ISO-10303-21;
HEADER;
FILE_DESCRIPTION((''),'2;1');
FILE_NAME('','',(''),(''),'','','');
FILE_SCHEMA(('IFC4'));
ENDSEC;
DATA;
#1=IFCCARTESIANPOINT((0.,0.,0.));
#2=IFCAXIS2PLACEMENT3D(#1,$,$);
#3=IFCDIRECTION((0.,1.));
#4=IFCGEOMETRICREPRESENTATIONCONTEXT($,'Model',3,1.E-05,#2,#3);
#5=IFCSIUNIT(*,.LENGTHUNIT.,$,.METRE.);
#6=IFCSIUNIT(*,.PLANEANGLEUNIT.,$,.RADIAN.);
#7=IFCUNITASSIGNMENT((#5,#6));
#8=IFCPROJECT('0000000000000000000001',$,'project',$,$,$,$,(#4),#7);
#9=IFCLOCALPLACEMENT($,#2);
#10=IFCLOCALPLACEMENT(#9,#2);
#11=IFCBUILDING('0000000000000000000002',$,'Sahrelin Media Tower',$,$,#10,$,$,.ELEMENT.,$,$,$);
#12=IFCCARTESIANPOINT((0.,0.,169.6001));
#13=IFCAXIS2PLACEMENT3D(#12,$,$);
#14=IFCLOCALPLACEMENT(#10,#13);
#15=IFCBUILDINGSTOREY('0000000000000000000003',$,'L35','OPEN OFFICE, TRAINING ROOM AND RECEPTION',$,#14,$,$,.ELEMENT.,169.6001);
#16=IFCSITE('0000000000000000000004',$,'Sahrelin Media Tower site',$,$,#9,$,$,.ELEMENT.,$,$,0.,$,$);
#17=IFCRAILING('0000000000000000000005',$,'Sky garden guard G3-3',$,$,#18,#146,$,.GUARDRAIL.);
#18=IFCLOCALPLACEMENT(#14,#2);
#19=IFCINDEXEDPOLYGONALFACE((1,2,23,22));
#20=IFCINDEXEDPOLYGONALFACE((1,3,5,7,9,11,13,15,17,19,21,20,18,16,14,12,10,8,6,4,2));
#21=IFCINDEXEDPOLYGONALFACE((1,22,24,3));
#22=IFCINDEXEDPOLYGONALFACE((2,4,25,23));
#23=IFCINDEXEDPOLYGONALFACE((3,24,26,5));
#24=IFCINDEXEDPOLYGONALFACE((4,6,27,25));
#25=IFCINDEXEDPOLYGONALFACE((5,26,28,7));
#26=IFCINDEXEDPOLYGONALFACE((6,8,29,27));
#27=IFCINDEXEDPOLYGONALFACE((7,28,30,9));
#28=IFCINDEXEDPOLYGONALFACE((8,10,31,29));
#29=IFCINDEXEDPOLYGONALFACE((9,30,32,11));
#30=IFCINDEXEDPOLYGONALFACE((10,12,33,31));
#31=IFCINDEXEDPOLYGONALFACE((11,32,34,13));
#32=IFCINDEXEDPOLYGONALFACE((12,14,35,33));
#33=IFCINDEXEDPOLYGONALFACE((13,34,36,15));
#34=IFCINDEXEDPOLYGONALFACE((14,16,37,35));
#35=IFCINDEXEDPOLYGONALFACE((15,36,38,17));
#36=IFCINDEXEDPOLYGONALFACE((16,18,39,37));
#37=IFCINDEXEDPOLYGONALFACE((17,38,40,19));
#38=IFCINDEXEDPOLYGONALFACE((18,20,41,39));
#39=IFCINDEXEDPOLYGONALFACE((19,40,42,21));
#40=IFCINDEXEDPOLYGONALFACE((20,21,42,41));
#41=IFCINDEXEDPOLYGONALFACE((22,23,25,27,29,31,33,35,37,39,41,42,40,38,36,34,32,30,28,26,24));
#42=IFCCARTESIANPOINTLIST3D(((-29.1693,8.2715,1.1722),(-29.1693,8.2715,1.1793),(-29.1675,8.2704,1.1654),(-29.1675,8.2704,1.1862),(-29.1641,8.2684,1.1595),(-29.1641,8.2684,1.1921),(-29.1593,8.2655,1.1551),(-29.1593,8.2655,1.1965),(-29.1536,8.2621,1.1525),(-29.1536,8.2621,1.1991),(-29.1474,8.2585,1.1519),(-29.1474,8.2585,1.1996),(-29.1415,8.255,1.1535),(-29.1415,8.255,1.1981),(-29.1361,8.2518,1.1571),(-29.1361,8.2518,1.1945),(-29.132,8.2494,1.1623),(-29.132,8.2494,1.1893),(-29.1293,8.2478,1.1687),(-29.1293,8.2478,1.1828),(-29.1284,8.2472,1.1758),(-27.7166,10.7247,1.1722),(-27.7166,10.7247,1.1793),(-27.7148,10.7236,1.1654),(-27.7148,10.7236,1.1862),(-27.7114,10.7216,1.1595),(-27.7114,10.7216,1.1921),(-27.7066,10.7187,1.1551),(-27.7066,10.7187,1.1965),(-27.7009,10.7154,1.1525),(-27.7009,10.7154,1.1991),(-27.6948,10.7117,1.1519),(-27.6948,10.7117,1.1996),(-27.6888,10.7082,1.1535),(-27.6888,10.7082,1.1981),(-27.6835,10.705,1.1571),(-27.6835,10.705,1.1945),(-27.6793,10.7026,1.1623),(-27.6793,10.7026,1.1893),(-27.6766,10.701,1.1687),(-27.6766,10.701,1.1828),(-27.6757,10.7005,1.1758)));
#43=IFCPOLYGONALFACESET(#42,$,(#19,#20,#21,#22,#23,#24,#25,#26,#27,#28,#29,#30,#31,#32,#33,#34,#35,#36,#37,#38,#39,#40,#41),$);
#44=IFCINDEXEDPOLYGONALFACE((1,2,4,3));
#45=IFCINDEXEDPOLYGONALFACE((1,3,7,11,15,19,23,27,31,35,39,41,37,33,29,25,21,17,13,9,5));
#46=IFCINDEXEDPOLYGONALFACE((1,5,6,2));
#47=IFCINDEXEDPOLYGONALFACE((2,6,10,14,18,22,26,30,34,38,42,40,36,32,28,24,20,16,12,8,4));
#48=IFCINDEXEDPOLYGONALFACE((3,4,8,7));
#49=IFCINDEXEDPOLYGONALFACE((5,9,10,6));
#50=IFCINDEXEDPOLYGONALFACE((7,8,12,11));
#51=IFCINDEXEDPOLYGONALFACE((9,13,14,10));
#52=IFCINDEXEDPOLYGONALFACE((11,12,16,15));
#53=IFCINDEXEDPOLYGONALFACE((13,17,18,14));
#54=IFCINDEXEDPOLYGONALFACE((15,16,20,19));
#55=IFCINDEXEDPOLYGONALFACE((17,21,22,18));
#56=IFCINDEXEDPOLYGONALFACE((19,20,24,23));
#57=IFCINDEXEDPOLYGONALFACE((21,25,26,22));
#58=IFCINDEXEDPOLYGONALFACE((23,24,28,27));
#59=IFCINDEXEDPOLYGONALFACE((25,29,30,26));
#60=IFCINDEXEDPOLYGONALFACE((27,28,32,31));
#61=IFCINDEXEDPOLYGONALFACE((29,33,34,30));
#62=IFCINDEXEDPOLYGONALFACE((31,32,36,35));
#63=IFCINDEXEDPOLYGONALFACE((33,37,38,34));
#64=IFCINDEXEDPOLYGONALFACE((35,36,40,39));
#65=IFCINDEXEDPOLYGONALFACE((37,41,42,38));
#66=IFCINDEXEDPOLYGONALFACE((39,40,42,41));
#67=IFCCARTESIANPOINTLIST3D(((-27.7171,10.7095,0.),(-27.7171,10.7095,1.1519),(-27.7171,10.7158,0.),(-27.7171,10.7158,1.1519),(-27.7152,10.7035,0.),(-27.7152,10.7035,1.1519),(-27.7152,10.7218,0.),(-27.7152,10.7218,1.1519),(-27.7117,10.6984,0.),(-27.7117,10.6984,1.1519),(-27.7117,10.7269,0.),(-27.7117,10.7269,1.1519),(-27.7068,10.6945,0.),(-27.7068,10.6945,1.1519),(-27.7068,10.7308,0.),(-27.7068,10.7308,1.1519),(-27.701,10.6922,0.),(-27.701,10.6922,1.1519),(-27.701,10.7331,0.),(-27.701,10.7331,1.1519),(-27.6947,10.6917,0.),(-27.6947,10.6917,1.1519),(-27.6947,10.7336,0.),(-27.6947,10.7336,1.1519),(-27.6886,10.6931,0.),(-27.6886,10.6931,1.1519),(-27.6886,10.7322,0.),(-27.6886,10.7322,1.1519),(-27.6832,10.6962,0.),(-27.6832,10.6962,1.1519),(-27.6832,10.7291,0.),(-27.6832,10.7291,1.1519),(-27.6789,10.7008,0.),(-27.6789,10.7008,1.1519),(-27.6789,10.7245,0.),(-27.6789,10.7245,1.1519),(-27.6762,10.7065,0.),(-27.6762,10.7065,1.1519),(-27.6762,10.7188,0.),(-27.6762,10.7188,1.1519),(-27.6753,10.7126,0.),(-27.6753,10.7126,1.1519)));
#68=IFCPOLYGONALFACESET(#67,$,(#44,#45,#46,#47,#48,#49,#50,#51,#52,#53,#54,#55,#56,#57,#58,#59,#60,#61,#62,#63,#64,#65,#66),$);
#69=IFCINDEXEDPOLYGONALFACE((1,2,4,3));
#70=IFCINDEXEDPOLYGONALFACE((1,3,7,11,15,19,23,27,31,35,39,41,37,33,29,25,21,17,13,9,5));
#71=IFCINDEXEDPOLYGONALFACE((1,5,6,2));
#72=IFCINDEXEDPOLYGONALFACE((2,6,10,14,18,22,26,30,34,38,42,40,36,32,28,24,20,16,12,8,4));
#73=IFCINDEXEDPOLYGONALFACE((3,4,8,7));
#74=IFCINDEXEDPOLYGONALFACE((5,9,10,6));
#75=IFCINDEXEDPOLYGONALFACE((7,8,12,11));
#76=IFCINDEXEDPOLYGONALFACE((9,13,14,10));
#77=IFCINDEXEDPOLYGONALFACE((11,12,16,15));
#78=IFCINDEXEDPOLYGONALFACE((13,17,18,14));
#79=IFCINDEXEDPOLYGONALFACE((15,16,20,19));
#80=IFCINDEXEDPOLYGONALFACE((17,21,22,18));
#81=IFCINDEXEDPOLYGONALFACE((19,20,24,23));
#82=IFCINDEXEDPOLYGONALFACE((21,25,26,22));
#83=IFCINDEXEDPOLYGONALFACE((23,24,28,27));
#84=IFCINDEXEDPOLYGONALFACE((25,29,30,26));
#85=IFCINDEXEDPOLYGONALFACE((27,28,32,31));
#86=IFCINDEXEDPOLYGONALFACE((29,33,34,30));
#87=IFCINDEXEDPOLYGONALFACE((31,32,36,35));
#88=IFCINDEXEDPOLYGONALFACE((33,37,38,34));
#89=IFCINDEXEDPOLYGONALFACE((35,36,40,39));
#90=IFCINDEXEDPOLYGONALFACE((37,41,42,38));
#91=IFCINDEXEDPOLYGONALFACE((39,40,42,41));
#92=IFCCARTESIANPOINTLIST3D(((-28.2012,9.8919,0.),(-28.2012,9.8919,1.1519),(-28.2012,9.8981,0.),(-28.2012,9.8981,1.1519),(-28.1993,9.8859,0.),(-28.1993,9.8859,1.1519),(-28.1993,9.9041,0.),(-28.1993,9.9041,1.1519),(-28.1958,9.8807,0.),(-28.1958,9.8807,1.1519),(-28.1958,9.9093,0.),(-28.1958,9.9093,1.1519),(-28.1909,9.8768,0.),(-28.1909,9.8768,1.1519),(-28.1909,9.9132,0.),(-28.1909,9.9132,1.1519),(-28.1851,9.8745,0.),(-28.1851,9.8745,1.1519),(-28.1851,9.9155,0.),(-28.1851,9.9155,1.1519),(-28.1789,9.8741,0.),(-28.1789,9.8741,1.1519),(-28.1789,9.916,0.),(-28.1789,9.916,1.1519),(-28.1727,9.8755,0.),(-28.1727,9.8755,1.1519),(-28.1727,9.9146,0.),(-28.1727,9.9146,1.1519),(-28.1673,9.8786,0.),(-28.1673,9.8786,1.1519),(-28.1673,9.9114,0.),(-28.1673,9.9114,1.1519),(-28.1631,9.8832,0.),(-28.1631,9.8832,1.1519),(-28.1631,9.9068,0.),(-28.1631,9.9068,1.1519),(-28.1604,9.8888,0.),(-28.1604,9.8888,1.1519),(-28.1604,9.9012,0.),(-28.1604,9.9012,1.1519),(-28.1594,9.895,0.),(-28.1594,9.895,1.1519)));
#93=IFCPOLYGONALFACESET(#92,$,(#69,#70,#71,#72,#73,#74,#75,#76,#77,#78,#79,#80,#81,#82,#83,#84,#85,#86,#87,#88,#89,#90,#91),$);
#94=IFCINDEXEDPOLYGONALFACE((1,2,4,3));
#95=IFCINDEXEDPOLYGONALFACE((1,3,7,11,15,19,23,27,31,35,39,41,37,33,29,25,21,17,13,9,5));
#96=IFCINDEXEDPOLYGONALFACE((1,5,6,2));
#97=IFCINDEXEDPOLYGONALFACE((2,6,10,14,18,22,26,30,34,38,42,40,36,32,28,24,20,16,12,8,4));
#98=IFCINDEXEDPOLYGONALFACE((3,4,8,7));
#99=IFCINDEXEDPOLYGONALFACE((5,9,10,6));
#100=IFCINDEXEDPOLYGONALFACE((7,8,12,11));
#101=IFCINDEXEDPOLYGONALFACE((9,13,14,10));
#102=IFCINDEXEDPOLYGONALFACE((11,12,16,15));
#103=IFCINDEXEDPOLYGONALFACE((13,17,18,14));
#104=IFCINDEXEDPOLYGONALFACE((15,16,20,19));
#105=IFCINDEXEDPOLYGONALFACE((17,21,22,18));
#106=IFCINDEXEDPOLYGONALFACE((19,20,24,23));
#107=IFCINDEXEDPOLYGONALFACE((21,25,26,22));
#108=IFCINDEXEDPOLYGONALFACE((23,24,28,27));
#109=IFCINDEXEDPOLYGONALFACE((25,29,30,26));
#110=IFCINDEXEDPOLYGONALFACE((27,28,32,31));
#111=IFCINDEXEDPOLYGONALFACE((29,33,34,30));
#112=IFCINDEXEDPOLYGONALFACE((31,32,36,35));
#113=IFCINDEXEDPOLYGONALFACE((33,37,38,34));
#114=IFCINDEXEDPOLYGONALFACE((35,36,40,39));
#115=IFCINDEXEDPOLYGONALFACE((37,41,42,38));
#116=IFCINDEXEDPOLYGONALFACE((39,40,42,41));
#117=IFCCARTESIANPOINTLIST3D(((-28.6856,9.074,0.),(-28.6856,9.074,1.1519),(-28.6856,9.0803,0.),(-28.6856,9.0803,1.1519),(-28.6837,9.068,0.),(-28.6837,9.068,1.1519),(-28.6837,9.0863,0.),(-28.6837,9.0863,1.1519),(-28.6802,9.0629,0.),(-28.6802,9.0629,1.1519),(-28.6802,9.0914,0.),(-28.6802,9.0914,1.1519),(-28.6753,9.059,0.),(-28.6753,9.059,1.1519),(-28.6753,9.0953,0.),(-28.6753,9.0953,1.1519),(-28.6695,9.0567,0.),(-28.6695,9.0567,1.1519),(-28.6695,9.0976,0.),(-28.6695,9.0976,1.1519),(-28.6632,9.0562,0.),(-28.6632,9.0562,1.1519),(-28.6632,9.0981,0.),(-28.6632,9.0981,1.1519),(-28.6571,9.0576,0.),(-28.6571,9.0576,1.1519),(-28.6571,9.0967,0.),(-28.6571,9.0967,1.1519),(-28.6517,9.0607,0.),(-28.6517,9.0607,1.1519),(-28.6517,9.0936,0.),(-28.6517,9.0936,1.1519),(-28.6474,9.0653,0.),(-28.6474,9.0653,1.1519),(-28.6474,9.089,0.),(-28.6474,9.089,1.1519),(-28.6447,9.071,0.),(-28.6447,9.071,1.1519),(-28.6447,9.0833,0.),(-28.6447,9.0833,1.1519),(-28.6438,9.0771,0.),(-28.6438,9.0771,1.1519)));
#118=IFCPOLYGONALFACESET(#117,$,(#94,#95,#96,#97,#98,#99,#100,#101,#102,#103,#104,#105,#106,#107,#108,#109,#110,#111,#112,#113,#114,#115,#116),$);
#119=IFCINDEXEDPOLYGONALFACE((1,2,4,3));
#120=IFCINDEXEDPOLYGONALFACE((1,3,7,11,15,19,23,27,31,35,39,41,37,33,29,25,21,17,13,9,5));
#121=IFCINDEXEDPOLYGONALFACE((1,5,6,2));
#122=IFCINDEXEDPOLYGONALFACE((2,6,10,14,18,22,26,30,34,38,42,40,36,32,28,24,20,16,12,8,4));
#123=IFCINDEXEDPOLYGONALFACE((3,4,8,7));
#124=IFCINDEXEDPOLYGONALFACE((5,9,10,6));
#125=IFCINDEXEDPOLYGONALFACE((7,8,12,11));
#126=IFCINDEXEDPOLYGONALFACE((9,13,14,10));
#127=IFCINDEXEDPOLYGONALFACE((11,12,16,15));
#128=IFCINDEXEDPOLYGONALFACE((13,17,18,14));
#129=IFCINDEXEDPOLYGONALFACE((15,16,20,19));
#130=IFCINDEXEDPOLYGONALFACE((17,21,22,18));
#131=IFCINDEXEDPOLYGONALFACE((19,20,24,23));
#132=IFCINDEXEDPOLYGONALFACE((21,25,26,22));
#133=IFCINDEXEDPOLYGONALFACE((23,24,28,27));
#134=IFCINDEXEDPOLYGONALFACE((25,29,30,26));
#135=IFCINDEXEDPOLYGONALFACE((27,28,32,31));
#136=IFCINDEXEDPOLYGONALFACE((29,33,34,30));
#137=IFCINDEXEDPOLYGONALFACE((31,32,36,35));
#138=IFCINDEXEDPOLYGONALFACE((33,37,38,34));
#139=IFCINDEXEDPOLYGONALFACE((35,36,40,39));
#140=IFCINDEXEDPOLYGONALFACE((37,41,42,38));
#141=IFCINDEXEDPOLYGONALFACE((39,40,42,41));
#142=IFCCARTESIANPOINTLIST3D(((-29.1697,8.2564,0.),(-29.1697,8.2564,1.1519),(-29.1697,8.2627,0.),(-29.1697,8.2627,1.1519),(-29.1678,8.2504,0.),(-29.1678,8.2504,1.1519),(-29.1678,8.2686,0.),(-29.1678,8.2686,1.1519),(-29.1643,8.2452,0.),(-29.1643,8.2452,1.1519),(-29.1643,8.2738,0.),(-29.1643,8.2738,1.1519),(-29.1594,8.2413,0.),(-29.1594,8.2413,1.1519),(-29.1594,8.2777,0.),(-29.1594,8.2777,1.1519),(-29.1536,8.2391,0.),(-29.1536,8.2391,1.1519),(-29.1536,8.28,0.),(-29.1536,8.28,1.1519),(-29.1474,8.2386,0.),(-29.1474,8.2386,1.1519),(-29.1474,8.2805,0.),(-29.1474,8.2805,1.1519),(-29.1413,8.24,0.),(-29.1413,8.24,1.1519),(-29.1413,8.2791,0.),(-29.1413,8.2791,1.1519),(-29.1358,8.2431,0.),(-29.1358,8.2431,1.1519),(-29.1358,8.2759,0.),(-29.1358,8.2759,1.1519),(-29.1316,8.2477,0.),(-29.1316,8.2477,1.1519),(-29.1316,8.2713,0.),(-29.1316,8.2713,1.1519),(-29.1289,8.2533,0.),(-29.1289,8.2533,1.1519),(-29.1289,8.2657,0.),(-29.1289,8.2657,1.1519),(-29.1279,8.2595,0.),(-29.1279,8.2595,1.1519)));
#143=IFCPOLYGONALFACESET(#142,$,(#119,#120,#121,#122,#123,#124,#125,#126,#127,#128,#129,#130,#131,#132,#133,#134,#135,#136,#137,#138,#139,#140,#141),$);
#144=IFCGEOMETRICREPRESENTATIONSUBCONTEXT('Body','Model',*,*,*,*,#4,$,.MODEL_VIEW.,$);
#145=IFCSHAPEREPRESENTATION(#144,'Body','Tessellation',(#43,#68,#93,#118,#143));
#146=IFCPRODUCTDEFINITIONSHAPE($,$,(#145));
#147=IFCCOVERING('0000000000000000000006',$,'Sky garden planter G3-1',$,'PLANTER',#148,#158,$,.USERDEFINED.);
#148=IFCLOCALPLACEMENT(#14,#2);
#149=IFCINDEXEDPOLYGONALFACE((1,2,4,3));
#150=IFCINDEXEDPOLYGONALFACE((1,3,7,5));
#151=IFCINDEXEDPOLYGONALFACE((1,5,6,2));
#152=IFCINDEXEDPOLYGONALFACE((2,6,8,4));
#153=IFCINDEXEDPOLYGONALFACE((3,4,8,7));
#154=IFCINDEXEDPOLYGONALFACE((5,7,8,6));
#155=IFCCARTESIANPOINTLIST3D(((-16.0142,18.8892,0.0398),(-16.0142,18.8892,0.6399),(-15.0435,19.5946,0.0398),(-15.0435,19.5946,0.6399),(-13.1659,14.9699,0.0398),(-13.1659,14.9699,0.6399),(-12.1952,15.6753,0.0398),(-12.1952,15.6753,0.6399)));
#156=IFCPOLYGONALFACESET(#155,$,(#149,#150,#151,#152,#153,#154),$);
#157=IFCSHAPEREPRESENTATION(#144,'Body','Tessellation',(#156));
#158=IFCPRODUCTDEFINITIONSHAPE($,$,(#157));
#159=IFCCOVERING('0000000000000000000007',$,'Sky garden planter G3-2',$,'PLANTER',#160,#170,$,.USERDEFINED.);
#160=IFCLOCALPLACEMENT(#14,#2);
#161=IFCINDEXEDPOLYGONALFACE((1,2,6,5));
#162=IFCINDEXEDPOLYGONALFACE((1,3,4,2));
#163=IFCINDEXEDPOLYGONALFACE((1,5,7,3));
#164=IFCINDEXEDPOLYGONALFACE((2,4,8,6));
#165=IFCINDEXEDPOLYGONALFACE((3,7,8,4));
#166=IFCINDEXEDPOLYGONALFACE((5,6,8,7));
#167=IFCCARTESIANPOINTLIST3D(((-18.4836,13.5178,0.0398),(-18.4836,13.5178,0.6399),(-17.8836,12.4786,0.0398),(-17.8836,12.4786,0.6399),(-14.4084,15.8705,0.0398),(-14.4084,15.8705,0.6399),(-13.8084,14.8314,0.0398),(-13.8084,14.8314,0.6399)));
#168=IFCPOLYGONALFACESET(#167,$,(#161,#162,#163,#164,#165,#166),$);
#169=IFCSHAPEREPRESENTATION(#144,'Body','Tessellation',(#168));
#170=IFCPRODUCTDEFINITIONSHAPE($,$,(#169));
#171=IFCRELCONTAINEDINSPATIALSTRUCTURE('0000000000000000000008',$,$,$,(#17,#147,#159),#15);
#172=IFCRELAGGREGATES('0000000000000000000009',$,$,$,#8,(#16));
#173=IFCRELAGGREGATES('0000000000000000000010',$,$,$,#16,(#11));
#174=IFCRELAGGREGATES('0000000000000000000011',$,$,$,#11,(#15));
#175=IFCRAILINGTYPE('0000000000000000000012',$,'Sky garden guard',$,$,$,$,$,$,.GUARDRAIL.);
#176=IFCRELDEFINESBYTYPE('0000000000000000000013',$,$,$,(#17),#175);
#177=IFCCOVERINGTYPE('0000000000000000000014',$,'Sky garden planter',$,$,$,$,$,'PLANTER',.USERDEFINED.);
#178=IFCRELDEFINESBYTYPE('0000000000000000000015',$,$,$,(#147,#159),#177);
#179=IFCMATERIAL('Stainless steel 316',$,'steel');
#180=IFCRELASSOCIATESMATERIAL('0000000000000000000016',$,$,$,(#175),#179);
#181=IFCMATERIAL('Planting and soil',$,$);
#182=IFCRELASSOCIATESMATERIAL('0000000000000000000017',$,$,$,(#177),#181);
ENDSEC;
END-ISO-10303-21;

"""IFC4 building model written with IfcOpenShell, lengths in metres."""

from ifc_helpers import new_model, si_unit, direction, frame, origin, origin_2d, place, context, subcontext, project, spatial, rectangle, circle, extrude, material, type_object, element, save


model = new_model("IFC4")

# Units and contexts
model_context = context("Model", 3, precision=1e-05, world=origin(), true_north=direction((0.0, 1.0)))
body_context = subcontext(model_context, "Body", "Model", "MODEL_VIEW")
ifc_project = project(units=[si_unit("LENGTHUNIT", "METRE"), si_unit("PLANEANGLEUNIT", "RADIAN")], contexts=[model_context])

# Site, building, storey
site_placement = place(None, origin())
site = spatial("IfcSite", under=ifc_project, at=site_placement, Name="Sahrelin Media Tower site", CompositionType="ELEMENT", RefElevation=0.0)
building_placement = place(site_placement, origin())
building = spatial("IfcBuilding", under=site, at=building_placement, Name="Sahrelin Media Tower", CompositionType="ELEMENT")
storey_placement = place(building_placement, frame((0.0, 0.0, 169.6001)))
storey = spatial("IfcBuildingStorey", under=building, at=storey_placement, Name="L35", Description="OPEN OFFICE, TRAINING ROOM AND RECEPTION", CompositionType="ELEMENT", Elevation=169.6001)

# Railing
ifc_material_1 = material(Name="Stainless steel 316", Category="steel")
railing_type = type_object("IfcRailingType", Name="Sky garden guard", PredefinedType="GUARDRAIL", material=ifc_material_1)
railing_1_placement = place(storey_placement, frame((-27.6963, 10.7126, 0.0)))
element("IfcRailing", 1, at=railing_1_placement, inside=storey, type_object=railing_type, Name="Sky garden guard G3-3", PredefinedType="GUARDRAIL", context=body_context, shape_type="SweptSolid", body=[
    extrude(circle(Radius=0.0239, at=origin_2d()), frame((0.0, 0.0, 1.1758), z_axis=(-0.509525, -0.860456, 0.0), x_axis=(0.860456, -0.509525, 0.0)), (0.0, 0.0, 1.0), 2.8511),
    extrude(circle(Radius=0.021, at=origin_2d()), origin(), (0.0, 0.0, 1.0), 1.1519),
    extrude(circle(Radius=0.021, at=origin_2d()), frame((-0.4841, -0.8176, 0.0)), (0.0, 0.0, 1.0), 1.1519),
    extrude(circle(Radius=0.021, at=origin_2d()), frame((-0.9685, -1.6355, 0.0)), (0.0, 0.0, 1.0), 1.1519),
    extrude(circle(Radius=0.021, at=origin_2d()), frame((-1.4526, -2.4531, 0.0)), (0.0, 0.0, 1.0), 1.1519),
])

# Coverings
ifc_material_2 = material(Name="Planting and soil")
covering_type = type_object("IfcCoveringType", Name="Sky garden planter", ElementType="PLANTER", PredefinedType="USERDEFINED", material=ifc_material_2)
covering_1_placement = place(storey_placement, frame((-14.1047, 17.2822, 0.0398), z_axis=(0.0, 0.0, 1.0), x_axis=(0.58789, -0.808941, 0.0)))
element("IfcCovering", 2, at=covering_1_placement, inside=storey, type_object=covering_type, Name="Sky garden planter G3-1", ObjectType="PLANTER", PredefinedType="USERDEFINED", context=body_context, shape_type="SweptSolid", body=[
    extrude(rectangle(XDim=4.845, YDim=1.2, at=origin_2d()), origin(), (0.0, 0.0, 1.0), 0.6001),
])
covering_2_placement = place(storey_placement, frame((-16.146, 14.1746, 0.0398), z_axis=(0.0, 0.0, 1.0), x_axis=(-0.866025, -0.500002, 0.0)))
element("IfcCovering", 3, at=covering_2_placement, inside=storey, type_object=covering_type, Name="Sky garden planter G3-2", ObjectType="PLANTER", PredefinedType="USERDEFINED", context=body_context, shape_type="SweptSolid", body=[
    extrude(rectangle(XDim=4.7056, YDim=1.2, at=origin_2d()), origin(), (0.0, 0.0, 1.0), 0.6001),
])

save(model, "model.ifc")
